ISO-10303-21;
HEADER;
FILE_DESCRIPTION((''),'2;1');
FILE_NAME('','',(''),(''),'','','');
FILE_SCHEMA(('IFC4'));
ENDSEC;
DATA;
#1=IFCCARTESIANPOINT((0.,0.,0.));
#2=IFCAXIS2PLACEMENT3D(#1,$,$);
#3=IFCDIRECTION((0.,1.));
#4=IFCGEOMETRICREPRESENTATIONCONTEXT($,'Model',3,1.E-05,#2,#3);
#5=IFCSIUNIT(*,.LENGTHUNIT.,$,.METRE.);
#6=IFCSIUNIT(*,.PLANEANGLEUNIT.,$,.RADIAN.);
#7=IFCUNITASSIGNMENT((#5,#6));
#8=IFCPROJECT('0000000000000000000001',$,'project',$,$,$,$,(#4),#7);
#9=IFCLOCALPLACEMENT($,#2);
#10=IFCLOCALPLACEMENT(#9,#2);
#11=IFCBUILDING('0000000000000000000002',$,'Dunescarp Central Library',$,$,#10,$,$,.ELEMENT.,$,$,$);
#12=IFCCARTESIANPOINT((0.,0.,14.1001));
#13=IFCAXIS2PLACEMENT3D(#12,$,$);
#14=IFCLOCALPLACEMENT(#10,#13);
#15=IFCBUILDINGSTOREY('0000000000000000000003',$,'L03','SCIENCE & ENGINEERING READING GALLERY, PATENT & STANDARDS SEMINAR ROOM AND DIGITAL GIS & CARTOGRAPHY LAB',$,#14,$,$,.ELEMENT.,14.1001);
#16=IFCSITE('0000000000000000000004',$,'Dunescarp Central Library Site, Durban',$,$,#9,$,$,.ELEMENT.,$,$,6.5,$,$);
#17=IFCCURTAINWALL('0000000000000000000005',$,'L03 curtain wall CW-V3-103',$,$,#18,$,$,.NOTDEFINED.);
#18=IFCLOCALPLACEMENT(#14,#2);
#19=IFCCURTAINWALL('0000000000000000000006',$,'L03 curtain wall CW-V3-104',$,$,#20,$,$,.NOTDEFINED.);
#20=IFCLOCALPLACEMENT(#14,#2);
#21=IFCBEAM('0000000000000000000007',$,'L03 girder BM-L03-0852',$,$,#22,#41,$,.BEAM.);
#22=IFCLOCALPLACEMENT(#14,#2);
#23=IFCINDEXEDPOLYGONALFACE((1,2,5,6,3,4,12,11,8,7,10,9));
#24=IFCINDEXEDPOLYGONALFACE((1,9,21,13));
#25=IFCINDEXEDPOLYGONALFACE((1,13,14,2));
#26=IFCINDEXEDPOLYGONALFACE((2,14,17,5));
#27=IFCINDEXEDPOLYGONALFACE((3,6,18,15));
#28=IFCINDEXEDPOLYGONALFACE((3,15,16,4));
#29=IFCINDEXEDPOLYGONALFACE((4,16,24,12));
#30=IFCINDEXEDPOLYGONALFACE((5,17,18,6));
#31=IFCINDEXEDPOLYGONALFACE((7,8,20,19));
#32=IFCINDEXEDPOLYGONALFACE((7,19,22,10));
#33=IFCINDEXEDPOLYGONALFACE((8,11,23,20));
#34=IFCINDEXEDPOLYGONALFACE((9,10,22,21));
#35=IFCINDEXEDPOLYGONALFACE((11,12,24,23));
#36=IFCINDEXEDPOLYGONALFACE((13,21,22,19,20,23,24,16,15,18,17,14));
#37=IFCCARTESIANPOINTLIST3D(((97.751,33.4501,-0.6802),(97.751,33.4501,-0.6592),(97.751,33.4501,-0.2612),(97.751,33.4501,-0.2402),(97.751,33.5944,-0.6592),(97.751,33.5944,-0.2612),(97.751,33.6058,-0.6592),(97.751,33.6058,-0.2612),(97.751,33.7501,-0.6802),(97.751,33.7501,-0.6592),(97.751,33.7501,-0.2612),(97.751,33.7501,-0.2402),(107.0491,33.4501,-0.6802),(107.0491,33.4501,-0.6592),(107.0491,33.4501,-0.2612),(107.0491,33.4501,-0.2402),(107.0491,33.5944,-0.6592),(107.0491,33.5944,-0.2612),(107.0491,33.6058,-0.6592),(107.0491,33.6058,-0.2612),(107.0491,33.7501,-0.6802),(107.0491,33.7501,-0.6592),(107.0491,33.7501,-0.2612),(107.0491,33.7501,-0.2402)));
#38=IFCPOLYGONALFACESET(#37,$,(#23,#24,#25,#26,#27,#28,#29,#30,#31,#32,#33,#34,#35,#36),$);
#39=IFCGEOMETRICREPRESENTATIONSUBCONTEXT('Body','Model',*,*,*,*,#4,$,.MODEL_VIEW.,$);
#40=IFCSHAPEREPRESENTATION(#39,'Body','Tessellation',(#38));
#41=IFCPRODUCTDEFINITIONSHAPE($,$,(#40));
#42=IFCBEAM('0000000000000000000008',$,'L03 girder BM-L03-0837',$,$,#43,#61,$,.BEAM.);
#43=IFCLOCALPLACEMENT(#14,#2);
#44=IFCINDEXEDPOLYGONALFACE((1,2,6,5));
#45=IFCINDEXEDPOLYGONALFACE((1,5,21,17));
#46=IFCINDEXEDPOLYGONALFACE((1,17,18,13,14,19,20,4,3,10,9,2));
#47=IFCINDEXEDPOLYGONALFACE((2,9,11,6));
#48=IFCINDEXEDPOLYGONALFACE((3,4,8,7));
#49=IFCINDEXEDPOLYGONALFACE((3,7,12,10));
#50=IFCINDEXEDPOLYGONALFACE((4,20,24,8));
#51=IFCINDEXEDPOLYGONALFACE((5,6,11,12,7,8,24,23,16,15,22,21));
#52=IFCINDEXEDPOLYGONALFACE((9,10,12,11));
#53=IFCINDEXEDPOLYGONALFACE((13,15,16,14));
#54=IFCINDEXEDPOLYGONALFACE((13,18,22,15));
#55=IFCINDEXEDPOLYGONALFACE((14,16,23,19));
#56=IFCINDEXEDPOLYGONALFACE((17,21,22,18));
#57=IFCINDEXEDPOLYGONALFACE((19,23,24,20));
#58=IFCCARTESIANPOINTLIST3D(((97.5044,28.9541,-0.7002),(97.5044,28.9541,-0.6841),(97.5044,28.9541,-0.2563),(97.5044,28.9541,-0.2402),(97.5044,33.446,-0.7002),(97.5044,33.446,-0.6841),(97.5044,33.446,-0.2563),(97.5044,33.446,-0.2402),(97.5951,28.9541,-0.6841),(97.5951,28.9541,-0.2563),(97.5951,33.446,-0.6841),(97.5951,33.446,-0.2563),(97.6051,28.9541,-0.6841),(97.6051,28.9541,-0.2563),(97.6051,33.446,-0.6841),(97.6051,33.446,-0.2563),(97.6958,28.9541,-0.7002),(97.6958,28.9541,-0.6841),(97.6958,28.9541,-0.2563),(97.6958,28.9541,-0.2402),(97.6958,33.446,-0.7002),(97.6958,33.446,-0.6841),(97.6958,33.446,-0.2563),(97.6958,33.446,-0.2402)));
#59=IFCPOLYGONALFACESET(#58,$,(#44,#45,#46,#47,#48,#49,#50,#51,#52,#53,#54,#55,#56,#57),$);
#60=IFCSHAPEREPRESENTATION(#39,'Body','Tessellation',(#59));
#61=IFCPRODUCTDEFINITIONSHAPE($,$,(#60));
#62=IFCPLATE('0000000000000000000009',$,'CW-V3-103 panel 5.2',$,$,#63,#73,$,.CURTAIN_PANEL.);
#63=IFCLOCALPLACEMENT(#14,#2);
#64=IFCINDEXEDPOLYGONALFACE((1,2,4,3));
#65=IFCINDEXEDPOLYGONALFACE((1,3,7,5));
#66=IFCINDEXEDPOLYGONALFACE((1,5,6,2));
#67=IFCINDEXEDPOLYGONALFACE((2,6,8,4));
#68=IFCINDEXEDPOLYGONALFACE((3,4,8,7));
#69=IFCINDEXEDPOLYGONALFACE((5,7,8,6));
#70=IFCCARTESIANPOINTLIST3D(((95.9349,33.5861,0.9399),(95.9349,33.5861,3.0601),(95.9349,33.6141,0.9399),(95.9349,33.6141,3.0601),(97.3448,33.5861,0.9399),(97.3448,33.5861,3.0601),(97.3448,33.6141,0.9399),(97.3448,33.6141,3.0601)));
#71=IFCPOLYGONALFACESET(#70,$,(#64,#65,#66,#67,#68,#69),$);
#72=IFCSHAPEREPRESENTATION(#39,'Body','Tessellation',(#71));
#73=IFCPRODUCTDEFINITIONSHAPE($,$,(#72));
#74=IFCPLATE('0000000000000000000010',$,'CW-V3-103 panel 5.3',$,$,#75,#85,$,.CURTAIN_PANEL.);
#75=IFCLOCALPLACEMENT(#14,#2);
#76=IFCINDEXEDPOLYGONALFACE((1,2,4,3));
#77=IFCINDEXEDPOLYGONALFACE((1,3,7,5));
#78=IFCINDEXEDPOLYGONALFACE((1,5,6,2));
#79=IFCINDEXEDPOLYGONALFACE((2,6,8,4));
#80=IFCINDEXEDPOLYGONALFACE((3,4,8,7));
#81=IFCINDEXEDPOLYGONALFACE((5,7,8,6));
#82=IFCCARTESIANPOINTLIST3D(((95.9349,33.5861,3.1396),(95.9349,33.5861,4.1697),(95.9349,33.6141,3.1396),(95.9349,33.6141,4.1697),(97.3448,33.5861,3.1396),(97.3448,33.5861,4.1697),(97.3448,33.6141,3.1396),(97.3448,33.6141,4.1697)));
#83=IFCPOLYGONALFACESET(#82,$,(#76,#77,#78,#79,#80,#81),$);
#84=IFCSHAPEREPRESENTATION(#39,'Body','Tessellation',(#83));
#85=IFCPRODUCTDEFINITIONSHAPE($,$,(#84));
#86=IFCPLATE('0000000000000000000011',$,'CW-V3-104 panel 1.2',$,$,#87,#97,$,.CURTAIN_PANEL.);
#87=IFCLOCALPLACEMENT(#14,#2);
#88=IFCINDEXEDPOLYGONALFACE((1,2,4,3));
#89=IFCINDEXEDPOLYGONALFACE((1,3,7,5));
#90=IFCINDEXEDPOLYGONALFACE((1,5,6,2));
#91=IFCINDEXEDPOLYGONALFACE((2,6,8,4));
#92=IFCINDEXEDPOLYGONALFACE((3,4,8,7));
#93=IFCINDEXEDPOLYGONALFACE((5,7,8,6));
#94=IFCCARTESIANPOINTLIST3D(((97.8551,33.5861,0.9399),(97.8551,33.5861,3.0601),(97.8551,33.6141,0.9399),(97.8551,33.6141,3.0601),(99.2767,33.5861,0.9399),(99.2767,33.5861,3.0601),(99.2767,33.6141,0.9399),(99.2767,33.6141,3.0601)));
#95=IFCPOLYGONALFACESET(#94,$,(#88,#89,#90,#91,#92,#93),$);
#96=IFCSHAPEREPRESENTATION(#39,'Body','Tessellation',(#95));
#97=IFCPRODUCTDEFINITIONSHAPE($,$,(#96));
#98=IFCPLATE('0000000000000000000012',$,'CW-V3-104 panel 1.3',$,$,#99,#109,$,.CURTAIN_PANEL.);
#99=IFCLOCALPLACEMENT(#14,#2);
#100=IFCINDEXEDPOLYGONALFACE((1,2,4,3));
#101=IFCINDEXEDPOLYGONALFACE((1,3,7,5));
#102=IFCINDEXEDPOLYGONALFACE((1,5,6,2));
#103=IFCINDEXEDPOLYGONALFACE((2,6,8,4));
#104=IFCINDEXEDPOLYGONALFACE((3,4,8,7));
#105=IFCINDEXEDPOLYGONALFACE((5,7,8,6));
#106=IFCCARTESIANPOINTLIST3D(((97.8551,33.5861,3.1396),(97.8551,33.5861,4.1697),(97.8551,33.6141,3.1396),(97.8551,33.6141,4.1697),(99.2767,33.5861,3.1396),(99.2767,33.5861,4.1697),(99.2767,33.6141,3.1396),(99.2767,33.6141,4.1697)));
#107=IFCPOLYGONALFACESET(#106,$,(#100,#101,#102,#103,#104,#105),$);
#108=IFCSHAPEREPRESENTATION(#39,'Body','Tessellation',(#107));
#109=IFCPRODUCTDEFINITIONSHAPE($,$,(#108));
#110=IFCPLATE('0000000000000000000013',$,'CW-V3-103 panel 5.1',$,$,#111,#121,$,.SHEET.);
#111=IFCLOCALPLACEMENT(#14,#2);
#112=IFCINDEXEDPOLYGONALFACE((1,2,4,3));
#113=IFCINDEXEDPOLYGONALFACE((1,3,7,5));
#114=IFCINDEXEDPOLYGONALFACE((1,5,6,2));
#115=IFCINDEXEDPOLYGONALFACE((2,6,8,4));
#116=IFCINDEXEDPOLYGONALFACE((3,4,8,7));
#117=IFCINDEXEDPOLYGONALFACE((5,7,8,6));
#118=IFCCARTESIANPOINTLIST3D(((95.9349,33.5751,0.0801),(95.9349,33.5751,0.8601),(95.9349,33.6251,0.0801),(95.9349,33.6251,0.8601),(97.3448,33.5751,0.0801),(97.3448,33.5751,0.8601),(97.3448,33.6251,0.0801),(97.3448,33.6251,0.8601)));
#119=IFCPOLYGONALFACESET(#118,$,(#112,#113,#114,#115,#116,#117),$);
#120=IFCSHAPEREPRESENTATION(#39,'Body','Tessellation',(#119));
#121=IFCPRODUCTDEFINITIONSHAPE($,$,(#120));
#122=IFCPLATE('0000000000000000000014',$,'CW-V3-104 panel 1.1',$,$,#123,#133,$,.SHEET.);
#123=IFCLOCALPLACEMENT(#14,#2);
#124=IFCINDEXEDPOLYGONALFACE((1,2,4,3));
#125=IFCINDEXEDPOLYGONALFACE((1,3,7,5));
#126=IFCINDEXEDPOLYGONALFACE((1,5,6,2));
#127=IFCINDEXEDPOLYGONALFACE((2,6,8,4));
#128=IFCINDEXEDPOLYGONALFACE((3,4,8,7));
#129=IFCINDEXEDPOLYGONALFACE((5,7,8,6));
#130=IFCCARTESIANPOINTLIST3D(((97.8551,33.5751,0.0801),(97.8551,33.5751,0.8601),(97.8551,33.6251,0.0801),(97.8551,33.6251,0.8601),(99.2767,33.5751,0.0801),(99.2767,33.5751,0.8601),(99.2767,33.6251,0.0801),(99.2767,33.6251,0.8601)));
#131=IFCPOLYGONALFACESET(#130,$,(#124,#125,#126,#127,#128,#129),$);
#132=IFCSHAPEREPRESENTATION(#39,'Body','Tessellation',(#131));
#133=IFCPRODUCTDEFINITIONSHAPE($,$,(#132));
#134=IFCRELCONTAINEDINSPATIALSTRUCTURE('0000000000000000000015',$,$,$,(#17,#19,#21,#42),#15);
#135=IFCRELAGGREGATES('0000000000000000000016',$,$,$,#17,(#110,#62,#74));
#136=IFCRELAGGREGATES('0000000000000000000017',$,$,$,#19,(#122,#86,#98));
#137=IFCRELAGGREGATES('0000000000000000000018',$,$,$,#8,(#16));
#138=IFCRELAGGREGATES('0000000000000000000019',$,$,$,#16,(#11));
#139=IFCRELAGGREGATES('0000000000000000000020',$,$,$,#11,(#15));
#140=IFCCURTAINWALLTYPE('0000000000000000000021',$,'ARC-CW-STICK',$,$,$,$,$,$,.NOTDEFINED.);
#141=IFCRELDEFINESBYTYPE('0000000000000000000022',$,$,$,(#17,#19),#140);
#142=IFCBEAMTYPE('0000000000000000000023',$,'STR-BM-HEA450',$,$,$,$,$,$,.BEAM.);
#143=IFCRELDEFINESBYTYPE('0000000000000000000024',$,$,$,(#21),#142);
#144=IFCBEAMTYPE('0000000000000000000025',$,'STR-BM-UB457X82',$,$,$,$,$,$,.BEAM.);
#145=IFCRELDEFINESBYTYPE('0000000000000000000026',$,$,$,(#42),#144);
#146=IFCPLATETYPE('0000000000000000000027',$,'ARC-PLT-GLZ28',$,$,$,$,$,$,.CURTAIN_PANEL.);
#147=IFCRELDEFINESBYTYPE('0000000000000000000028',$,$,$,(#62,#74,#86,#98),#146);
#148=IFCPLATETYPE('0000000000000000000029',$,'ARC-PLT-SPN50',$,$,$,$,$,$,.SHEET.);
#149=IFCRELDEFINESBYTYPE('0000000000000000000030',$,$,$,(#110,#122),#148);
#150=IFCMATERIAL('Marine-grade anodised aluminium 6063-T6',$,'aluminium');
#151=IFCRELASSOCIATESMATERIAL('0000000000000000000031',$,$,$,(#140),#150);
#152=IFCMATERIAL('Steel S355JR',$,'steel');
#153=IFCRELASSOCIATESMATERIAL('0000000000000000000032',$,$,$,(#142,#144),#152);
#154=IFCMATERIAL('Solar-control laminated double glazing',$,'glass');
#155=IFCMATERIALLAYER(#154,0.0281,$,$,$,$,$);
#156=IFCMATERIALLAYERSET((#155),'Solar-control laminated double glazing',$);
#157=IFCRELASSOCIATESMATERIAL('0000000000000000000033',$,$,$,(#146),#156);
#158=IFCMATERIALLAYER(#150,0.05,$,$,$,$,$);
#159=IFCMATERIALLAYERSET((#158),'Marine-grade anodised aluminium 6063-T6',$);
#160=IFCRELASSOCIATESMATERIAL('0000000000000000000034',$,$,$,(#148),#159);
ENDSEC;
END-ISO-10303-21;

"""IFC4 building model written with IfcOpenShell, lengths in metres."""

from ifc_helpers import new_model, si_unit, direction, frame, origin, origin_2d, place, context, subcontext, project, spatial, rectangle, i_section, extrude, material, layer, layer_set, material_profile, profile_set, type_object, element, aggregate, save


model = new_model("IFC4")

# Units and contexts
model_context = context("Model", 3, precision=1e-05, world=origin(), true_north=direction((0.0, 1.0)))
body_context = subcontext(model_context, "Body", "Model", "MODEL_VIEW")
ifc_project = project(units=[si_unit("LENGTHUNIT", "METRE"), si_unit("PLANEANGLEUNIT", "RADIAN")], contexts=[model_context])

# Site, building, storey
site_placement = place(None, origin())
site = spatial("IfcSite", under=ifc_project, at=site_placement, Name="Dunescarp Central Library Site, Durban", CompositionType="ELEMENT", RefElevation=6.5)
building_placement = place(site_placement, origin())
building = spatial("IfcBuilding", under=site, at=building_placement, Name="Dunescarp Central Library", CompositionType="ELEMENT")
storey_placement = place(building_placement, frame((0.0, 0.0, 14.1001)))
storey = spatial("IfcBuildingStorey", under=building, at=storey_placement, Name="L03", Description="SCIENCE & ENGINEERING READING GALLERY, PATENT & STANDARDS SEMINAR ROOM AND DIGITAL GIS & CARTOGRAPHY LAB", CompositionType="ELEMENT", Elevation=14.1001)

# Shared definitions
ifc_material_1 = material(Name="Steel S355JR", Category="steel")

# Curtain wall
ifc_material_2 = material(Name="Marine-grade anodised aluminium 6063-T6", Category="aluminium")
curtain_wall_type = type_object("IfcCurtainWallType", Name="ARC-CW-STICK", PredefinedType="NOTDEFINED", material=ifc_material_2)
curtain_wall_1_placement = place(storey_placement, origin())
curtain_wall_1 = element("IfcCurtainWall", 1, at=curtain_wall_1_placement, inside=storey, type_object=curtain_wall_type, Name="L03 curtain wall CW-V3-103", PredefinedType="NOTDEFINED")

# Curtain wall
curtain_wall_2_placement = place(storey_placement, origin())
curtain_wall_2 = element("IfcCurtainWall", 2, at=curtain_wall_2_placement, inside=storey, type_object=curtain_wall_type, Name="L03 curtain wall CW-V3-104", PredefinedType="NOTDEFINED")

# Beams
ifc_material_profile_1 = material_profile(ifc_material_1, i_section(OverallWidth=0.3, OverallDepth=0.4399, WebThickness=0.0115, FlangeThickness=0.021, at=origin_2d()), Name="HEA 450")
ifc_profile_set_1 = profile_set([ifc_material_profile_1], Name="Steel S355JR")
beam_type_1 = type_object("IfcBeamType", Name="STR-BM-HEA450", PredefinedType="BEAM", material=ifc_profile_set_1)
beam_1_placement = place(storey_placement, frame((97.751, 33.6001, -0.4602), z_axis=(1.0, 0.0, 0.0), x_axis=(0.0, 1.0, 0.0)))
element("IfcBeam", 3, at=beam_1_placement, inside=storey, type_object=beam_type_1, Name="L03 girder BM-L03-0852", PredefinedType="BEAM", context=body_context, shape_type="SweptSolid", body=[
    extrude(i_section(OverallWidth=0.3, OverallDepth=0.4399, WebThickness=0.0115, FlangeThickness=0.021, at=origin_2d()), origin(), (0.0, 0.0, 1.0), 9.2981),
])
ifc_material_profile_2 = material_profile(ifc_material_1, i_section(OverallWidth=0.1914, OverallDepth=0.46, WebThickness=0.01, FlangeThickness=0.0161, at=origin_2d()), Name="UB 457x191x82")
ifc_profile_set_2 = profile_set([ifc_material_profile_2], Name="Steel S355JR")
beam_type_2 = type_object("IfcBeamType", Name="STR-BM-UB457X82", PredefinedType="BEAM", material=ifc_profile_set_2)
beam_2_placement = place(storey_placement, frame((97.6001, 28.9541, -0.4702), z_axis=(0.0, 1.0, 0.0), x_axis=(-1.0, 0.0, 0.0)))
element("IfcBeam", 4, at=beam_2_placement, inside=storey, type_object=beam_type_2, Name="L03 girder BM-L03-0837", PredefinedType="BEAM", context=body_context, shape_type="SweptSolid", body=[
    extrude(i_section(OverallWidth=0.1914, OverallDepth=0.46, WebThickness=0.01, FlangeThickness=0.0161, at=origin_2d()), origin(), (0.0, 0.0, 1.0), 4.4919),
])

# Plates
ifc_material_3 = material(Name="Solar-control laminated double glazing", Category="glass")
ifc_layer_1 = layer(ifc_material_3, 0.0281)
ifc_layer_set_1 = layer_set([ifc_layer_1], Name="Solar-control laminated double glazing")
plate_type_1 = type_object("IfcPlateType", Name="ARC-PLT-GLZ28", PredefinedType="CURTAIN_PANEL", material=ifc_layer_set_1)
plate_1_placement = place(storey_placement, frame((96.6399, 33.6001, 0.9399), z_axis=(0.0, 0.0, 1.0), x_axis=(1.0, 0.0, 0.0)))
plate_1 = element("IfcPlate", 5, at=plate_1_placement, type_object=plate_type_1, Name="CW-V3-103 panel 5.2", PredefinedType="CURTAIN_PANEL", context=body_context, shape_type="SweptSolid", body=[
    extrude(rectangle(XDim=1.4099, YDim=0.0281, at=origin_2d()), origin(), (0.0, 0.0, 1.0), 2.1201),
])
plate_2_placement = place(storey_placement, frame((96.6399, 33.6001, 3.1396), z_axis=(0.0, 0.0, 1.0), x_axis=(1.0, 0.0, 0.0)))
plate_2 = element("IfcPlate", 6, at=plate_2_placement, type_object=plate_type_1, Name="CW-V3-103 panel 5.3", PredefinedType="CURTAIN_PANEL", context=body_context, shape_type="SweptSolid", body=[
    extrude(rectangle(XDim=1.4099, YDim=0.0281, at=origin_2d()), origin(), (0.0, 0.0, 1.0), 1.03),
])
plate_3_placement = place(storey_placement, frame((98.5659, 33.6001, 0.9399), z_axis=(0.0, 0.0, 1.0), x_axis=(1.0, 0.0, 0.0)))
plate_3 = element("IfcPlate", 7, at=plate_3_placement, type_object=plate_type_1, Name="CW-V3-104 panel 1.2", PredefinedType="CURTAIN_PANEL", context=body_context, shape_type="SweptSolid", body=[
    extrude(rectangle(XDim=1.4216, YDim=0.0281, at=origin_2d()), origin(), (0.0, 0.0, 1.0), 2.1201),
])
plate_4_placement = place(storey_placement, frame((98.5659, 33.6001, 3.1396), z_axis=(0.0, 0.0, 1.0), x_axis=(1.0, 0.0, 0.0)))
plate_4 = element("IfcPlate", 8, at=plate_4_placement, type_object=plate_type_1, Name="CW-V3-104 panel 1.3", PredefinedType="CURTAIN_PANEL", context=body_context, shape_type="SweptSolid", body=[
    extrude(rectangle(XDim=1.4216, YDim=0.0281, at=origin_2d()), origin(), (0.0, 0.0, 1.0), 1.03),
])
ifc_layer_2 = layer(ifc_material_2, 0.05)
ifc_layer_set_2 = layer_set([ifc_layer_2], Name="Marine-grade anodised aluminium 6063-T6")
plate_type_2 = type_object("IfcPlateType", Name="ARC-PLT-SPN50", PredefinedType="SHEET", material=ifc_layer_set_2)
plate_5_placement = place(storey_placement, frame((96.6399, 33.6001, 0.0801), z_axis=(0.0, 0.0, 1.0), x_axis=(1.0, 0.0, 0.0)))
plate_5 = element("IfcPlate", 9, at=plate_5_placement, type_object=plate_type_2, Name="CW-V3-103 panel 5.1", PredefinedType="SHEET", context=body_context, shape_type="SweptSolid", body=[
    extrude(rectangle(XDim=1.4099, YDim=0.05, at=origin_2d()), origin(), (0.0, 0.0, 1.0), 0.78),
])
aggregate(curtain_wall_1, [plate_5, plate_1, plate_2])
plate_6_placement = place(storey_placement, frame((98.5659, 33.6001, 0.0801), z_axis=(0.0, 0.0, 1.0), x_axis=(1.0, 0.0, 0.0)))
plate_6 = element("IfcPlate", 10, at=plate_6_placement, type_object=plate_type_2, Name="CW-V3-104 panel 1.1", PredefinedType="SHEET", context=body_context, shape_type="SweptSolid", body=[
    extrude(rectangle(XDim=1.4216, YDim=0.05, at=origin_2d()), origin(), (0.0, 0.0, 1.0), 0.78),
])
aggregate(curtain_wall_2, [plate_6, plate_3, plate_4])

save(model, "model.ifc")
